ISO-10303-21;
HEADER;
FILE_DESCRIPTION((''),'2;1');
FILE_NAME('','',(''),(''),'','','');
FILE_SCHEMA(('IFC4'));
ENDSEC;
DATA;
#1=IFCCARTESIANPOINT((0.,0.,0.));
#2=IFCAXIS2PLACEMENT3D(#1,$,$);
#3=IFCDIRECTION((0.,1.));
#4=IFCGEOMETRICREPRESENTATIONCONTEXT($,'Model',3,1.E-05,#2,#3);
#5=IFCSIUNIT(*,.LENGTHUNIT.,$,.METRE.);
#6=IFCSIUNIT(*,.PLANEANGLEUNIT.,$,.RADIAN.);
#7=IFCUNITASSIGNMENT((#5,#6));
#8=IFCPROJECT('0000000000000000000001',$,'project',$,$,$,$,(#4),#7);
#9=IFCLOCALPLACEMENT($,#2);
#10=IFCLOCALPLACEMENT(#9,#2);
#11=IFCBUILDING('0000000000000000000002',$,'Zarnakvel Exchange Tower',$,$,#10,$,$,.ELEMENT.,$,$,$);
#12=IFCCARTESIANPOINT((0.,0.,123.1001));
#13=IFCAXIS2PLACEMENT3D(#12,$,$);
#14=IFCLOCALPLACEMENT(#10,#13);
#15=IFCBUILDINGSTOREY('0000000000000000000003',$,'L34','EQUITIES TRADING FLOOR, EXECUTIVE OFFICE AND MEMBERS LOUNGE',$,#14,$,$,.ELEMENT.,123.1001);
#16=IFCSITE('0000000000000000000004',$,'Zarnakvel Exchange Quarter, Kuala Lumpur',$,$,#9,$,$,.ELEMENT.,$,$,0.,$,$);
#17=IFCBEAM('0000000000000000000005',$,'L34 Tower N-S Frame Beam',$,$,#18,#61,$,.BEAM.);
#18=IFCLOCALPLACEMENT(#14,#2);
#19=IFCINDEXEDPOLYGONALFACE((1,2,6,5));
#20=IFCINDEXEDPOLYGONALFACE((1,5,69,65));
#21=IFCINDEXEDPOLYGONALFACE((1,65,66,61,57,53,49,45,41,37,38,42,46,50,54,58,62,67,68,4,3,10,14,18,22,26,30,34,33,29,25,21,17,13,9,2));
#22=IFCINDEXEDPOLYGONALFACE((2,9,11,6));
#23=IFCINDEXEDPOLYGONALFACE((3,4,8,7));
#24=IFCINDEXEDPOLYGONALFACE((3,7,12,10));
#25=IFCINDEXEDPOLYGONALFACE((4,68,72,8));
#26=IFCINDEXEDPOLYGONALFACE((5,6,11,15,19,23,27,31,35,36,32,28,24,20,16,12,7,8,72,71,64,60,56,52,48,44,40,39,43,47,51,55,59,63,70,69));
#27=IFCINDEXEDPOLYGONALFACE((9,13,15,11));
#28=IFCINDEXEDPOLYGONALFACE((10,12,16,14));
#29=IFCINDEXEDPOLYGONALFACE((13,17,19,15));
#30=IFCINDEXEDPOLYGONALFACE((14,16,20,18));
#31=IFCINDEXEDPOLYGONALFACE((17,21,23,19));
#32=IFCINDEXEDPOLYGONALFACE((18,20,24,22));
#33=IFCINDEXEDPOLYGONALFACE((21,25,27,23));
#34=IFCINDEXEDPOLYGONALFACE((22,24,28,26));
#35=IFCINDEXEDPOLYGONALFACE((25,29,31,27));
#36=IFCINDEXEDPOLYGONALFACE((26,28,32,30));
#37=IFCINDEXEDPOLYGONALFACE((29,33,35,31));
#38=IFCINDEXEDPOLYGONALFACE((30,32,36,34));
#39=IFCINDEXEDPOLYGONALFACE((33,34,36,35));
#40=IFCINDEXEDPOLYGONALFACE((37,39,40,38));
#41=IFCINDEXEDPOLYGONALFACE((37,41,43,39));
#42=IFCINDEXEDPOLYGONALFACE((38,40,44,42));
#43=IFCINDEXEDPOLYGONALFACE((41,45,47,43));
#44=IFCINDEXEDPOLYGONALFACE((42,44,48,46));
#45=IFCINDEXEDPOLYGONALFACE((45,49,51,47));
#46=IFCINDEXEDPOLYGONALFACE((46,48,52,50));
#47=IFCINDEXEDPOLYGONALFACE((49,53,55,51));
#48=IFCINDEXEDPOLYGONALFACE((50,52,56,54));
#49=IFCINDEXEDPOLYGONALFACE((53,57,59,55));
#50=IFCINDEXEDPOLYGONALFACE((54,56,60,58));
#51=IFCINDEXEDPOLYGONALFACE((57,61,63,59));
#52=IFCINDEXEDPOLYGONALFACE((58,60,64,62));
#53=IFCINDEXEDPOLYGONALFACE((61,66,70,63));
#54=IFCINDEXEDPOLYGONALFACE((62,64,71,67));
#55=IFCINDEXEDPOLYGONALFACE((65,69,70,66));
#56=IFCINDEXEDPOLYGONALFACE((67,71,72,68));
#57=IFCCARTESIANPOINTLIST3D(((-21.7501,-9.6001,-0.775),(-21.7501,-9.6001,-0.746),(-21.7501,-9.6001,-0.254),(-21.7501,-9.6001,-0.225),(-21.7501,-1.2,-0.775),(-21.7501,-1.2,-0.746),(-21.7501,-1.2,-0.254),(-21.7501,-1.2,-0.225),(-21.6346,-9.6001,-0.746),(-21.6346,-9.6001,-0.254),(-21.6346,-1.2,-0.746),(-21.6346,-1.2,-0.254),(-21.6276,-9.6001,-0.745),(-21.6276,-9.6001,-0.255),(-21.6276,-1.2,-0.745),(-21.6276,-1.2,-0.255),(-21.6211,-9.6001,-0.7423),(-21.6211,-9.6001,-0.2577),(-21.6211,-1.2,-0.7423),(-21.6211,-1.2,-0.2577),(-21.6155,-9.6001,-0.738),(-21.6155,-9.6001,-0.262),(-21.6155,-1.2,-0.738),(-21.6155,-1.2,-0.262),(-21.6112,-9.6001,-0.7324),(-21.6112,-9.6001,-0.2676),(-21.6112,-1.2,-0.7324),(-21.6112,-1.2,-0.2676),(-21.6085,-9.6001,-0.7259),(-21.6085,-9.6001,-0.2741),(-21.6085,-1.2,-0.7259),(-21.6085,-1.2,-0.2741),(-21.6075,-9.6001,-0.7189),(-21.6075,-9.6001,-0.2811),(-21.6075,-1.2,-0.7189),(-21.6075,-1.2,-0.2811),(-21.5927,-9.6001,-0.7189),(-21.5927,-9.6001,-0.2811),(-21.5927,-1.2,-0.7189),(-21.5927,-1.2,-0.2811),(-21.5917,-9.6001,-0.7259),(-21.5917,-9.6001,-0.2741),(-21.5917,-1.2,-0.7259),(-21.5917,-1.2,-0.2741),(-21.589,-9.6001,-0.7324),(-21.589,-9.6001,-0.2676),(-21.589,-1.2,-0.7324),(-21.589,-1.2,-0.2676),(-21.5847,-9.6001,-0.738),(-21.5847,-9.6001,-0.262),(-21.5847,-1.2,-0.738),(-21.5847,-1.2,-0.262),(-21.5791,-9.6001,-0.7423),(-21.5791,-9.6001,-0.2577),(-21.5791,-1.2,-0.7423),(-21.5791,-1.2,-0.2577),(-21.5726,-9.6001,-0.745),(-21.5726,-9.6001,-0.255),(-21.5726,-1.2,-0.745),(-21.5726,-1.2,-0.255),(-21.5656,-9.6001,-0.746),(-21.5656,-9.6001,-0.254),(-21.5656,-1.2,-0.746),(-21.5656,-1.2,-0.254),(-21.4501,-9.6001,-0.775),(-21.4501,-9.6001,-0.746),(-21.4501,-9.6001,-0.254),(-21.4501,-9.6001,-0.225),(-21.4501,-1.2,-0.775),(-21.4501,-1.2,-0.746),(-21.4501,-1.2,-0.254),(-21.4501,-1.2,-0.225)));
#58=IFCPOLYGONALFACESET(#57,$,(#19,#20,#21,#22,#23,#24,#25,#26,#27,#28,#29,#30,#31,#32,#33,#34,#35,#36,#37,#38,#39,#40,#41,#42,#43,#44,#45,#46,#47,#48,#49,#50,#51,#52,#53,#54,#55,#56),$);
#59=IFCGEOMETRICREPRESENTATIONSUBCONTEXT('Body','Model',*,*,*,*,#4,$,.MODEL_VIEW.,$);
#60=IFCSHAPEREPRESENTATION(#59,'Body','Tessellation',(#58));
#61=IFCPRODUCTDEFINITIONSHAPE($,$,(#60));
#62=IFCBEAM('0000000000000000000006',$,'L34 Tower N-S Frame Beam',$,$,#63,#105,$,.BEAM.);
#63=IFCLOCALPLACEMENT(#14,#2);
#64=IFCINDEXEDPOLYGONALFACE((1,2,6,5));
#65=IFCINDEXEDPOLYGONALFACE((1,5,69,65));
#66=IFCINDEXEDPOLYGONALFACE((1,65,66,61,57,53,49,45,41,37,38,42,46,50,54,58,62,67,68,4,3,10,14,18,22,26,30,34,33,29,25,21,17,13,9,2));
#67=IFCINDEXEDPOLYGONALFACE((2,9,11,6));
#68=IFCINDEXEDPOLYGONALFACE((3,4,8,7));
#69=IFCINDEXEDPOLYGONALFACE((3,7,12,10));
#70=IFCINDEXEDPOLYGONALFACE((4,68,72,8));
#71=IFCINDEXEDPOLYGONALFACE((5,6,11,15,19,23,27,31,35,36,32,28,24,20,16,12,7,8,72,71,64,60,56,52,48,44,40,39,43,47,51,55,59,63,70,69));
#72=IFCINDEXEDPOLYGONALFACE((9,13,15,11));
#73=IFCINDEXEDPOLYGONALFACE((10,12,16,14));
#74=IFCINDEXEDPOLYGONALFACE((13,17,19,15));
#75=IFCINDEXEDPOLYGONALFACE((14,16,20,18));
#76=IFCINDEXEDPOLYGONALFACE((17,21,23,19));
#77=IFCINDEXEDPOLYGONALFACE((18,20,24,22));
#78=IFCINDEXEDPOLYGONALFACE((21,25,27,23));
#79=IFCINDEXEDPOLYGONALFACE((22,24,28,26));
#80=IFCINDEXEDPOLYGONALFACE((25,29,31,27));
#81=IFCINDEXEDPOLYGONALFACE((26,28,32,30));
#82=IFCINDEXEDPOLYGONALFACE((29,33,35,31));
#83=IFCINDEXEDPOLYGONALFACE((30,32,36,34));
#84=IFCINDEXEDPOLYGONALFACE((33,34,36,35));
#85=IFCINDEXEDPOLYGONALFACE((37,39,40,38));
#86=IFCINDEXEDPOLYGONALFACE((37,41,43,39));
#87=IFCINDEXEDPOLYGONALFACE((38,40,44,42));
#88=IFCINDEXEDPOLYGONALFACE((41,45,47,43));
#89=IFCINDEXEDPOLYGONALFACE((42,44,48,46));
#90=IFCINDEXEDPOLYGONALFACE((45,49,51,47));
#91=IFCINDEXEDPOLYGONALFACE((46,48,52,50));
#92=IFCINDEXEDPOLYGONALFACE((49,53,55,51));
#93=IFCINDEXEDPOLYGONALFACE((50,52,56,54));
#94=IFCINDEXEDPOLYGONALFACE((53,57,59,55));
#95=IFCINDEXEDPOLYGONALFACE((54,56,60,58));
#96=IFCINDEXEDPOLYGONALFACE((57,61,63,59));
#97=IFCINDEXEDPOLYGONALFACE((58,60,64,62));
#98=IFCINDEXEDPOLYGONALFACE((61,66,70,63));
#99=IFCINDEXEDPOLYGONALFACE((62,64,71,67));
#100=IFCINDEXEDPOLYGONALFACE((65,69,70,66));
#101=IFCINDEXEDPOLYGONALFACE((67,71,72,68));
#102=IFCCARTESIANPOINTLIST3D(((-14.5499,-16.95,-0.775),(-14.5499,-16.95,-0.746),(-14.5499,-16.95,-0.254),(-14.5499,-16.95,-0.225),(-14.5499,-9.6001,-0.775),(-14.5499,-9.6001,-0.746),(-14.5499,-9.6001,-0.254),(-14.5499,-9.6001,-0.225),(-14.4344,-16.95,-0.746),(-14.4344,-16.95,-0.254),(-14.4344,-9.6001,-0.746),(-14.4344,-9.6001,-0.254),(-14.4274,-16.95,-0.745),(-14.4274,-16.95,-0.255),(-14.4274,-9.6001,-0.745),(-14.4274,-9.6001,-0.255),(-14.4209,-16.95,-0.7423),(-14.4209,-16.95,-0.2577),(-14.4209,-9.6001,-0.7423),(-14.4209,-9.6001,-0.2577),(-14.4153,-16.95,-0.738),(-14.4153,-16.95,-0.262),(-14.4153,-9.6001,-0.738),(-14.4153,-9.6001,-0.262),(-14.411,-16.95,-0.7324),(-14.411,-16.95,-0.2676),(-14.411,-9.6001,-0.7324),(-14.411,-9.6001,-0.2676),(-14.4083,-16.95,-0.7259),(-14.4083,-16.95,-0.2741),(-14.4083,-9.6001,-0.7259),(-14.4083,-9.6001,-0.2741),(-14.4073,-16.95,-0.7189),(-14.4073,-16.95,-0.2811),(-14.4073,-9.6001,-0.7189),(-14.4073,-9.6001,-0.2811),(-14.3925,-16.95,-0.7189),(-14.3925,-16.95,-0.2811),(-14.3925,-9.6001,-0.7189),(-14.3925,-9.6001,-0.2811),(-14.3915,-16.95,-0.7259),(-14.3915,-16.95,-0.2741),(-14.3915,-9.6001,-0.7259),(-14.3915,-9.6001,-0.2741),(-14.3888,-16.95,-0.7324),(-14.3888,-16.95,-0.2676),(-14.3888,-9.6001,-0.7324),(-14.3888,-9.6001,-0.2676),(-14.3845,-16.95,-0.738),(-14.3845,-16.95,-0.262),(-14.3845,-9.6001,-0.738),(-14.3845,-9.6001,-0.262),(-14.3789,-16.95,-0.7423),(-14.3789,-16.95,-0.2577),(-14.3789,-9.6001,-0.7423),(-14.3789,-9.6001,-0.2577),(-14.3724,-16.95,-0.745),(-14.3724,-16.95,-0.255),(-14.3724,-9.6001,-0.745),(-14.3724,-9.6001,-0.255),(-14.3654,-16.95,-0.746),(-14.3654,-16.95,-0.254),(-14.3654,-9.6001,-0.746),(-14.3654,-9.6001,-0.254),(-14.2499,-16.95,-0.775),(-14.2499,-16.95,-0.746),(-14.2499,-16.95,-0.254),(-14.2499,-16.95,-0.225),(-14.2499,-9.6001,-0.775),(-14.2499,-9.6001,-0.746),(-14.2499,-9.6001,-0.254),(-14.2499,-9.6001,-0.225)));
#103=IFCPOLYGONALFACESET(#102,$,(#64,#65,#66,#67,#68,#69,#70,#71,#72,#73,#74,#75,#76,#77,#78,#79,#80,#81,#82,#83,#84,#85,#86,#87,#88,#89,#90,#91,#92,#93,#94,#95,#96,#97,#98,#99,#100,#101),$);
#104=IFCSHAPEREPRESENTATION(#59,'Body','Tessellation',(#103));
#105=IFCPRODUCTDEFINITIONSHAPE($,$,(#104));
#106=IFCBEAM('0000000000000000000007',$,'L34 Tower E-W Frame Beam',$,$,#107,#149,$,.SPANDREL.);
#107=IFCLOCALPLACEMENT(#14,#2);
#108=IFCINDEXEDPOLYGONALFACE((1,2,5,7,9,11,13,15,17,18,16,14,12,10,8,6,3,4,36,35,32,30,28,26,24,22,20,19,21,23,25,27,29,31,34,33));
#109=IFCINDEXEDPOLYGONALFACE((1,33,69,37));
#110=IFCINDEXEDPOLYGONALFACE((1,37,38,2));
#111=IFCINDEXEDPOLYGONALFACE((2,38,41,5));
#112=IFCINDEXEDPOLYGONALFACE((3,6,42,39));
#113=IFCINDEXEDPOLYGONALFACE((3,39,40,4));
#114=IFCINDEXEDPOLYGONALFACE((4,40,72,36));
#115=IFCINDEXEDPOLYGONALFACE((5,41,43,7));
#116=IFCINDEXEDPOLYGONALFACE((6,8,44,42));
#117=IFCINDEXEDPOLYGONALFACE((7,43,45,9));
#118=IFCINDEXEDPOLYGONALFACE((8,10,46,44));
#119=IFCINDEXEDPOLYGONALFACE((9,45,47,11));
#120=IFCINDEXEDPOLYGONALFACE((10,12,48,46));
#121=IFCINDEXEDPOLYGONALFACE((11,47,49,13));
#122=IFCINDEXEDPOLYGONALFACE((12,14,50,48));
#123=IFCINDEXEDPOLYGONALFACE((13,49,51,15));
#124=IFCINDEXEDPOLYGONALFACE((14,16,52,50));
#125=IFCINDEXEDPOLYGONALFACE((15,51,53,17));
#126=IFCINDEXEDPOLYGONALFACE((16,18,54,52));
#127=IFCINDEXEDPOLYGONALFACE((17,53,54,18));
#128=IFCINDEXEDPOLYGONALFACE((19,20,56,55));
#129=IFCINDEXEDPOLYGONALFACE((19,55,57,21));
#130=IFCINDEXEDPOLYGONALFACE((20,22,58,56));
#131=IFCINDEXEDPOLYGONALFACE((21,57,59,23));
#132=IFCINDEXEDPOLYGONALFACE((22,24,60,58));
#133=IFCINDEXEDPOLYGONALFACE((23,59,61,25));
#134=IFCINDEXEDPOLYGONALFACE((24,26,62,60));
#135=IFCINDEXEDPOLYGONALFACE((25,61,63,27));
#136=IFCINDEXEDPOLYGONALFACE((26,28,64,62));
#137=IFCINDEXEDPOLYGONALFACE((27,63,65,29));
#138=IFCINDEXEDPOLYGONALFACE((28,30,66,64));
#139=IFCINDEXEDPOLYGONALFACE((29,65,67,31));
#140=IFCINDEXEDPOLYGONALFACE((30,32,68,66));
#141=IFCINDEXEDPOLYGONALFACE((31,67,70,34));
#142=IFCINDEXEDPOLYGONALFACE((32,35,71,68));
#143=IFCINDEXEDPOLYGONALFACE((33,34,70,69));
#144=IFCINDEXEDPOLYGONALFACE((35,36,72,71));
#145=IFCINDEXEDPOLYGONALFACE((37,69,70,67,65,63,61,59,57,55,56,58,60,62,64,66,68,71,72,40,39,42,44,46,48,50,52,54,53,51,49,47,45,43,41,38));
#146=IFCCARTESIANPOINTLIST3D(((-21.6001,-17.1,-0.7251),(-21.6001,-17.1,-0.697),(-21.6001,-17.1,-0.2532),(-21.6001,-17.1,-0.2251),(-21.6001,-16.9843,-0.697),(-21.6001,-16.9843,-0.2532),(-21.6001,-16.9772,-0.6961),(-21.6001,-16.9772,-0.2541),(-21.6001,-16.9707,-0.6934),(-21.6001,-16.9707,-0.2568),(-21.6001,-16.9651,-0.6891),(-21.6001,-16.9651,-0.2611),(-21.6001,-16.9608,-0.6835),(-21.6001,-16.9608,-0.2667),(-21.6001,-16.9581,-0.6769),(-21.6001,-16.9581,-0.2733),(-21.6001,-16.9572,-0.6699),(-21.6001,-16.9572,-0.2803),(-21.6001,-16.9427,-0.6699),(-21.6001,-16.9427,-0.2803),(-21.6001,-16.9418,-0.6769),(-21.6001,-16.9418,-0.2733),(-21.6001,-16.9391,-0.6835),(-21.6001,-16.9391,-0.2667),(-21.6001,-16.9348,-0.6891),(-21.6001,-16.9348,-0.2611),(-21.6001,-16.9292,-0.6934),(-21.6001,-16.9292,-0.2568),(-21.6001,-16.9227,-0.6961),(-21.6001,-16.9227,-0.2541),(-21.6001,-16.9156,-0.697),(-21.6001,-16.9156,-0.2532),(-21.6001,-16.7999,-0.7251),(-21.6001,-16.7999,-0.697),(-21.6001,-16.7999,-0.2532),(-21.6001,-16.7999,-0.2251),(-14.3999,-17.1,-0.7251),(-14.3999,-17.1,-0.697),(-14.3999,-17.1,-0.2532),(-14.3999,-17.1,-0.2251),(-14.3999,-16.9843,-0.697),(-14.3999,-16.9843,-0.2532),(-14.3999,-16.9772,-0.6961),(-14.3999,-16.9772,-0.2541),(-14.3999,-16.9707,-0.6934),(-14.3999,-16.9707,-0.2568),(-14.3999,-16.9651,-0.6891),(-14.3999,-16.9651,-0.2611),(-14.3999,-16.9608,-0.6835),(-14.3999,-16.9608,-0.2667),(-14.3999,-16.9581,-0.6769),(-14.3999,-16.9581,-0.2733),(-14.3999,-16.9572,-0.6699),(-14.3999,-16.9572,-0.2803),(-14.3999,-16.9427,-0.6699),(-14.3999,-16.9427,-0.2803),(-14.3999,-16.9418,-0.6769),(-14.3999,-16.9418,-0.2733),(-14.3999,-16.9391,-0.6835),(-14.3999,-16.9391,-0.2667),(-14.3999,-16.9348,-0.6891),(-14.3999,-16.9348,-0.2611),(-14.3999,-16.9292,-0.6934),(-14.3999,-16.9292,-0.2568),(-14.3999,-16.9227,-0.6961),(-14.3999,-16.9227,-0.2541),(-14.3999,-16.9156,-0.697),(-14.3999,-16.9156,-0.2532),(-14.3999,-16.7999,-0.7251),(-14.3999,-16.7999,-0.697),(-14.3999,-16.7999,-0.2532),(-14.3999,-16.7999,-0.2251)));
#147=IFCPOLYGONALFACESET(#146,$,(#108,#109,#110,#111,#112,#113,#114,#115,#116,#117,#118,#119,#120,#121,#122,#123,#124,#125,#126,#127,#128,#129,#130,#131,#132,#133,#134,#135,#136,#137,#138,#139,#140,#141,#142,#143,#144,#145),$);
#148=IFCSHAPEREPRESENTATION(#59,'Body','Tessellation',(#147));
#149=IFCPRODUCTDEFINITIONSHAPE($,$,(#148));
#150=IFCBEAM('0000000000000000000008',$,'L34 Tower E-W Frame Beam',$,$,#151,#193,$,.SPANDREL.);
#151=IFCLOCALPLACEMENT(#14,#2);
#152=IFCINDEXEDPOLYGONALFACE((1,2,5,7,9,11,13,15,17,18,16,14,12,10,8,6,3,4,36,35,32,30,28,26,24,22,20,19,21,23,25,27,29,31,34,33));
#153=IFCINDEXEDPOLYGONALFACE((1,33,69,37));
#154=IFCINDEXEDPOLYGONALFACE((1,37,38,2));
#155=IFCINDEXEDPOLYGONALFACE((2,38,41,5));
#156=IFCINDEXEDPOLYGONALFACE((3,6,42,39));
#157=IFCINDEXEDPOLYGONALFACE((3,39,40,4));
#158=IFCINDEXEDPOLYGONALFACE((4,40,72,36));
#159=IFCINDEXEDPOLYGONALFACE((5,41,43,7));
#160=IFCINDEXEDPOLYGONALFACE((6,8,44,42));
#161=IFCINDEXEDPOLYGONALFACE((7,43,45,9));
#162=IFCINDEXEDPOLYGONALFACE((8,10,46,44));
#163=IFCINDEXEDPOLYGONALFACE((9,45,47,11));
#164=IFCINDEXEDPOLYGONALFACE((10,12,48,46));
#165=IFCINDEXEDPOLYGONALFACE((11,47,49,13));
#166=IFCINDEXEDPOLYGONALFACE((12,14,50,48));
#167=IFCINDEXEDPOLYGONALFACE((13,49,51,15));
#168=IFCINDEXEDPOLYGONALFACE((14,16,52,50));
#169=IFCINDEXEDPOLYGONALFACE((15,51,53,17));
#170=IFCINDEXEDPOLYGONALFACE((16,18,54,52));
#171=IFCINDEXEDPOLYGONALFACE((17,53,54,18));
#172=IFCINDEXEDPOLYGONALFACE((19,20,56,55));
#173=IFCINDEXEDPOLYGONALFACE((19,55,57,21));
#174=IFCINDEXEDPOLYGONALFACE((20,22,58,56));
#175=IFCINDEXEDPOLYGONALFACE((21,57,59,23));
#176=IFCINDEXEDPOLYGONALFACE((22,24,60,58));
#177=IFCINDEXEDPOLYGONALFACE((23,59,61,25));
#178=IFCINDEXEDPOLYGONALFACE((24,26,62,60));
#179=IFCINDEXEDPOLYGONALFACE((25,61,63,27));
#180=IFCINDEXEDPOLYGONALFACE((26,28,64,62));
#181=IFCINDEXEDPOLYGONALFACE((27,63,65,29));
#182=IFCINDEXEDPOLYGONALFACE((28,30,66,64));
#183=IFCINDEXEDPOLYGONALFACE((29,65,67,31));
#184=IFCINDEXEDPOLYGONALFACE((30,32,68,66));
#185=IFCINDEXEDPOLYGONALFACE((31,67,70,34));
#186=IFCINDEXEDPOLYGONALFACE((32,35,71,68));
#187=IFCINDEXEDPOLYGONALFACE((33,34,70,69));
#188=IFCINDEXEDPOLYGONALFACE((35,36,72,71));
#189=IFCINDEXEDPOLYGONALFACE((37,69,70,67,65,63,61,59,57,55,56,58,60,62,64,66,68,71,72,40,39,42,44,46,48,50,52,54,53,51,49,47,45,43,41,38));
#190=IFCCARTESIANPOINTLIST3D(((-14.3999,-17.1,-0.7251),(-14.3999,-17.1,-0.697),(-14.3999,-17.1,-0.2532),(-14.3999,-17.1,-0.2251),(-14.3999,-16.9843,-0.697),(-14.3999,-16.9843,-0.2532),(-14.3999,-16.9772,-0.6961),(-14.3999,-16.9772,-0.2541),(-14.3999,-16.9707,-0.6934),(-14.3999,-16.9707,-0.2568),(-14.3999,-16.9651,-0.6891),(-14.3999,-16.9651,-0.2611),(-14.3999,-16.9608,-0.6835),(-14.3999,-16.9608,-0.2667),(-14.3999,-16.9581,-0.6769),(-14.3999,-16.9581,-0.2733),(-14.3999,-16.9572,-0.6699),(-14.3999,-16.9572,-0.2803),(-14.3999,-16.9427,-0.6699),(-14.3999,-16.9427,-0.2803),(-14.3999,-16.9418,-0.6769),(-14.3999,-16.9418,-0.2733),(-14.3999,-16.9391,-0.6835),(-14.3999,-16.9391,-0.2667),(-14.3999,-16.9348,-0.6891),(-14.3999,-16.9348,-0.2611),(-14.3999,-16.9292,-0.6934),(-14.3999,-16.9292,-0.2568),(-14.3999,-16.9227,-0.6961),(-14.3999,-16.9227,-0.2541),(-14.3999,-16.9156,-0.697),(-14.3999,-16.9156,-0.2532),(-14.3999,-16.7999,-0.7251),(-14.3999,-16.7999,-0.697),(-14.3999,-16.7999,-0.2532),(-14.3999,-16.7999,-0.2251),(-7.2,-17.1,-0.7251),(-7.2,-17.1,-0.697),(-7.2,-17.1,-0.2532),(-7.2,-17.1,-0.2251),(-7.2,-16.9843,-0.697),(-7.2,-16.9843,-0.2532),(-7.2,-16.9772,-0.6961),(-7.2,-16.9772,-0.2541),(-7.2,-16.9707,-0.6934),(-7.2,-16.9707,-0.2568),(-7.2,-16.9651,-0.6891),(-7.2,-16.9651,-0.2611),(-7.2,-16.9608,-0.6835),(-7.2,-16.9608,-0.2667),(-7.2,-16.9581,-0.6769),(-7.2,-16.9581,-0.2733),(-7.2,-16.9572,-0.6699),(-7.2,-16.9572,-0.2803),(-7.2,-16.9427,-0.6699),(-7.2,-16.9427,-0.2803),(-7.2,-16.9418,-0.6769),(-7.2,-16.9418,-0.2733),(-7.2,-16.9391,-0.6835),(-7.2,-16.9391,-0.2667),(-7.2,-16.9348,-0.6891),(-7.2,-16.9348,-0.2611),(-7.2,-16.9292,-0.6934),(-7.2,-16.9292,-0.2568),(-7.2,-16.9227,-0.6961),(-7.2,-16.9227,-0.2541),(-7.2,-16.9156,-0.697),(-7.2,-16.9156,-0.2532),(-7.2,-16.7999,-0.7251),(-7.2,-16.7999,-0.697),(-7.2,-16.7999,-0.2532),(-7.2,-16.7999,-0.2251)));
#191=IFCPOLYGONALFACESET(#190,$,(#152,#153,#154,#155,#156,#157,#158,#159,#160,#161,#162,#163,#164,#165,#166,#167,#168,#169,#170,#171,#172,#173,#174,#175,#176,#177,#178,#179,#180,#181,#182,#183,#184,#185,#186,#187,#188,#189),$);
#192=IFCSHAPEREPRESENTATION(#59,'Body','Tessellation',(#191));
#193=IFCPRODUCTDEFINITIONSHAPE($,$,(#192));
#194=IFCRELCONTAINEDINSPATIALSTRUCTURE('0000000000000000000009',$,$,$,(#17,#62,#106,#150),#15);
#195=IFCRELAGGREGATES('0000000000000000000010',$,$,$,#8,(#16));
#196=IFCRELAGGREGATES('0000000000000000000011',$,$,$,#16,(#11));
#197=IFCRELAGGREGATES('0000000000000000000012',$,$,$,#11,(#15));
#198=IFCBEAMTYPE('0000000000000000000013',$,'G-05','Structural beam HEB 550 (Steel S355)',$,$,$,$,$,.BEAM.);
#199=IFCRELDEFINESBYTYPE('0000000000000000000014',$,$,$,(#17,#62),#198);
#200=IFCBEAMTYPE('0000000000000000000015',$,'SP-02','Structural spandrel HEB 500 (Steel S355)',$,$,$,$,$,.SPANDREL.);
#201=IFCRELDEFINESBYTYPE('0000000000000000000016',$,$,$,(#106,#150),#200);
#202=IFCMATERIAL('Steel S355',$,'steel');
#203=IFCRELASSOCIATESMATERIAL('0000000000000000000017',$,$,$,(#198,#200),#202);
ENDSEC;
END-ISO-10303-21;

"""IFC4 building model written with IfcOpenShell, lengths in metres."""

from ifc_helpers import new_model, si_unit, direction, frame, origin, origin_2d, place, context, subcontext, project, spatial, i_section, extrude, material, material_profile, profile_set, type_object, element, save


model = new_model("IFC4")

# Units and contexts
model_context = context("Model", 3, precision=1e-05, world=origin(), true_north=direction((0.0, 1.0)))
body_context = subcontext(model_context, "Body", "Model", "MODEL_VIEW")
ifc_project = project(units=[si_unit("LENGTHUNIT", "METRE"), si_unit("PLANEANGLEUNIT", "RADIAN")], contexts=[model_context])

# Site, building, storey
site_placement = place(None, origin())
site = spatial("IfcSite", under=ifc_project, at=site_placement, Name="Zarnakvel Exchange Quarter, Kuala Lumpur", CompositionType="ELEMENT", RefElevation=0.0)
building_placement = place(site_placement, origin())
building = spatial("IfcBuilding", under=site, at=building_placement, Name="Zarnakvel Exchange Tower", CompositionType="ELEMENT")
storey_placement = place(building_placement, frame((0.0, 0.0, 123.1001)))
storey = spatial("IfcBuildingStorey", under=building, at=storey_placement, Name="L34", Description="EQUITIES TRADING FLOOR, EXECUTIVE OFFICE AND MEMBERS LOUNGE", CompositionType="ELEMENT", Elevation=123.1001)

# Shared definitions
ifc_material_1 = material(Name="Steel S355", Category="steel")

# Beams
ifc_material_profile_1 = material_profile(ifc_material_1, i_section(OverallWidth=0.3, OverallDepth=0.55, WebThickness=0.0149, FlangeThickness=0.0291, FilletRadius=0.0271, at=origin_2d()))
ifc_profile_set_1 = profile_set([ifc_material_profile_1], Name="Steel S355")
beam_type_1 = type_object("IfcBeamType", Name="G-05", Description="Structural beam HEB 550 (Steel S355)", PredefinedType="BEAM", material=ifc_profile_set_1)
beam_1_placement = place(storey_placement, frame((-21.6001, -9.6001, -0.5), z_axis=(0.0, 1.0, 0.0), x_axis=(-1.0, 0.0, 0.0)))
element("IfcBeam", 1, at=beam_1_placement, inside=storey, type_object=beam_type_1, Name="L34 Tower N-S Frame Beam", PredefinedType="BEAM", context=body_context, shape_type="SweptSolid", body=[
    extrude(i_section(OverallWidth=0.3, OverallDepth=0.55, WebThickness=0.0149, FlangeThickness=0.0291, FilletRadius=0.0271, at=origin_2d()), origin(), (0.0, 0.0, 1.0), 8.4001),
])
beam_2_placement = place(storey_placement, frame((-14.3999, -16.95, -0.5), z_axis=(0.0, 1.0, 0.0), x_axis=(-1.0, 0.0, 0.0)))
element("IfcBeam", 2, at=beam_2_placement, inside=storey, type_object=beam_type_1, Name="L34 Tower N-S Frame Beam", PredefinedType="BEAM", context=body_context, shape_type="SweptSolid", body=[
    extrude(i_section(OverallWidth=0.3, OverallDepth=0.55, WebThickness=0.0149, FlangeThickness=0.0291, FilletRadius=0.0271, at=origin_2d()), origin(), (0.0, 0.0, 1.0), 7.3499),
])
ifc_material_profile_2 = material_profile(ifc_material_1, i_section(OverallWidth=0.3, OverallDepth=0.5, WebThickness=0.0144, FlangeThickness=0.0281, FilletRadius=0.0271, at=origin_2d()))
ifc_profile_set_2 = profile_set([ifc_material_profile_2], Name="Steel S355")
beam_type_2 = type_object("IfcBeamType", Name="SP-02", Description="Structural spandrel HEB 500 (Steel S355)", PredefinedType="SPANDREL", material=ifc_profile_set_2)
beam_3_placement = place(storey_placement, frame((-21.6001, -16.95, -0.4751), z_axis=(1.0, 0.0, 0.0), x_axis=(0.0, 1.0, 0.0)))
element("IfcBeam", 3, at=beam_3_placement, inside=storey, type_object=beam_type_2, Name="L34 Tower E-W Frame Beam", PredefinedType="SPANDREL", context=body_context, shape_type="SweptSolid", body=[
    extrude(i_section(OverallWidth=0.3, OverallDepth=0.5, WebThickness=0.0144, FlangeThickness=0.0281, FilletRadius=0.0271, at=origin_2d()), origin(), (0.0, 0.0, 1.0), 7.2002),
])
beam_4_placement = place(storey_placement, frame((-14.3999, -16.95, -0.4751), z_axis=(1.0, 0.0, 0.0), x_axis=(0.0, 1.0, 0.0)))
element("IfcBeam", 4, at=beam_4_placement, inside=storey, type_object=beam_type_2, Name="L34 Tower E-W Frame Beam", PredefinedType="SPANDREL", context=body_context, shape_type="SweptSolid", body=[
    extrude(i_section(OverallWidth=0.3, OverallDepth=0.5, WebThickness=0.0144, FlangeThickness=0.0281, FilletRadius=0.0271, at=origin_2d()), origin(), (0.0, 0.0, 1.0), 7.2),
])

save(model, "model.ifc")
